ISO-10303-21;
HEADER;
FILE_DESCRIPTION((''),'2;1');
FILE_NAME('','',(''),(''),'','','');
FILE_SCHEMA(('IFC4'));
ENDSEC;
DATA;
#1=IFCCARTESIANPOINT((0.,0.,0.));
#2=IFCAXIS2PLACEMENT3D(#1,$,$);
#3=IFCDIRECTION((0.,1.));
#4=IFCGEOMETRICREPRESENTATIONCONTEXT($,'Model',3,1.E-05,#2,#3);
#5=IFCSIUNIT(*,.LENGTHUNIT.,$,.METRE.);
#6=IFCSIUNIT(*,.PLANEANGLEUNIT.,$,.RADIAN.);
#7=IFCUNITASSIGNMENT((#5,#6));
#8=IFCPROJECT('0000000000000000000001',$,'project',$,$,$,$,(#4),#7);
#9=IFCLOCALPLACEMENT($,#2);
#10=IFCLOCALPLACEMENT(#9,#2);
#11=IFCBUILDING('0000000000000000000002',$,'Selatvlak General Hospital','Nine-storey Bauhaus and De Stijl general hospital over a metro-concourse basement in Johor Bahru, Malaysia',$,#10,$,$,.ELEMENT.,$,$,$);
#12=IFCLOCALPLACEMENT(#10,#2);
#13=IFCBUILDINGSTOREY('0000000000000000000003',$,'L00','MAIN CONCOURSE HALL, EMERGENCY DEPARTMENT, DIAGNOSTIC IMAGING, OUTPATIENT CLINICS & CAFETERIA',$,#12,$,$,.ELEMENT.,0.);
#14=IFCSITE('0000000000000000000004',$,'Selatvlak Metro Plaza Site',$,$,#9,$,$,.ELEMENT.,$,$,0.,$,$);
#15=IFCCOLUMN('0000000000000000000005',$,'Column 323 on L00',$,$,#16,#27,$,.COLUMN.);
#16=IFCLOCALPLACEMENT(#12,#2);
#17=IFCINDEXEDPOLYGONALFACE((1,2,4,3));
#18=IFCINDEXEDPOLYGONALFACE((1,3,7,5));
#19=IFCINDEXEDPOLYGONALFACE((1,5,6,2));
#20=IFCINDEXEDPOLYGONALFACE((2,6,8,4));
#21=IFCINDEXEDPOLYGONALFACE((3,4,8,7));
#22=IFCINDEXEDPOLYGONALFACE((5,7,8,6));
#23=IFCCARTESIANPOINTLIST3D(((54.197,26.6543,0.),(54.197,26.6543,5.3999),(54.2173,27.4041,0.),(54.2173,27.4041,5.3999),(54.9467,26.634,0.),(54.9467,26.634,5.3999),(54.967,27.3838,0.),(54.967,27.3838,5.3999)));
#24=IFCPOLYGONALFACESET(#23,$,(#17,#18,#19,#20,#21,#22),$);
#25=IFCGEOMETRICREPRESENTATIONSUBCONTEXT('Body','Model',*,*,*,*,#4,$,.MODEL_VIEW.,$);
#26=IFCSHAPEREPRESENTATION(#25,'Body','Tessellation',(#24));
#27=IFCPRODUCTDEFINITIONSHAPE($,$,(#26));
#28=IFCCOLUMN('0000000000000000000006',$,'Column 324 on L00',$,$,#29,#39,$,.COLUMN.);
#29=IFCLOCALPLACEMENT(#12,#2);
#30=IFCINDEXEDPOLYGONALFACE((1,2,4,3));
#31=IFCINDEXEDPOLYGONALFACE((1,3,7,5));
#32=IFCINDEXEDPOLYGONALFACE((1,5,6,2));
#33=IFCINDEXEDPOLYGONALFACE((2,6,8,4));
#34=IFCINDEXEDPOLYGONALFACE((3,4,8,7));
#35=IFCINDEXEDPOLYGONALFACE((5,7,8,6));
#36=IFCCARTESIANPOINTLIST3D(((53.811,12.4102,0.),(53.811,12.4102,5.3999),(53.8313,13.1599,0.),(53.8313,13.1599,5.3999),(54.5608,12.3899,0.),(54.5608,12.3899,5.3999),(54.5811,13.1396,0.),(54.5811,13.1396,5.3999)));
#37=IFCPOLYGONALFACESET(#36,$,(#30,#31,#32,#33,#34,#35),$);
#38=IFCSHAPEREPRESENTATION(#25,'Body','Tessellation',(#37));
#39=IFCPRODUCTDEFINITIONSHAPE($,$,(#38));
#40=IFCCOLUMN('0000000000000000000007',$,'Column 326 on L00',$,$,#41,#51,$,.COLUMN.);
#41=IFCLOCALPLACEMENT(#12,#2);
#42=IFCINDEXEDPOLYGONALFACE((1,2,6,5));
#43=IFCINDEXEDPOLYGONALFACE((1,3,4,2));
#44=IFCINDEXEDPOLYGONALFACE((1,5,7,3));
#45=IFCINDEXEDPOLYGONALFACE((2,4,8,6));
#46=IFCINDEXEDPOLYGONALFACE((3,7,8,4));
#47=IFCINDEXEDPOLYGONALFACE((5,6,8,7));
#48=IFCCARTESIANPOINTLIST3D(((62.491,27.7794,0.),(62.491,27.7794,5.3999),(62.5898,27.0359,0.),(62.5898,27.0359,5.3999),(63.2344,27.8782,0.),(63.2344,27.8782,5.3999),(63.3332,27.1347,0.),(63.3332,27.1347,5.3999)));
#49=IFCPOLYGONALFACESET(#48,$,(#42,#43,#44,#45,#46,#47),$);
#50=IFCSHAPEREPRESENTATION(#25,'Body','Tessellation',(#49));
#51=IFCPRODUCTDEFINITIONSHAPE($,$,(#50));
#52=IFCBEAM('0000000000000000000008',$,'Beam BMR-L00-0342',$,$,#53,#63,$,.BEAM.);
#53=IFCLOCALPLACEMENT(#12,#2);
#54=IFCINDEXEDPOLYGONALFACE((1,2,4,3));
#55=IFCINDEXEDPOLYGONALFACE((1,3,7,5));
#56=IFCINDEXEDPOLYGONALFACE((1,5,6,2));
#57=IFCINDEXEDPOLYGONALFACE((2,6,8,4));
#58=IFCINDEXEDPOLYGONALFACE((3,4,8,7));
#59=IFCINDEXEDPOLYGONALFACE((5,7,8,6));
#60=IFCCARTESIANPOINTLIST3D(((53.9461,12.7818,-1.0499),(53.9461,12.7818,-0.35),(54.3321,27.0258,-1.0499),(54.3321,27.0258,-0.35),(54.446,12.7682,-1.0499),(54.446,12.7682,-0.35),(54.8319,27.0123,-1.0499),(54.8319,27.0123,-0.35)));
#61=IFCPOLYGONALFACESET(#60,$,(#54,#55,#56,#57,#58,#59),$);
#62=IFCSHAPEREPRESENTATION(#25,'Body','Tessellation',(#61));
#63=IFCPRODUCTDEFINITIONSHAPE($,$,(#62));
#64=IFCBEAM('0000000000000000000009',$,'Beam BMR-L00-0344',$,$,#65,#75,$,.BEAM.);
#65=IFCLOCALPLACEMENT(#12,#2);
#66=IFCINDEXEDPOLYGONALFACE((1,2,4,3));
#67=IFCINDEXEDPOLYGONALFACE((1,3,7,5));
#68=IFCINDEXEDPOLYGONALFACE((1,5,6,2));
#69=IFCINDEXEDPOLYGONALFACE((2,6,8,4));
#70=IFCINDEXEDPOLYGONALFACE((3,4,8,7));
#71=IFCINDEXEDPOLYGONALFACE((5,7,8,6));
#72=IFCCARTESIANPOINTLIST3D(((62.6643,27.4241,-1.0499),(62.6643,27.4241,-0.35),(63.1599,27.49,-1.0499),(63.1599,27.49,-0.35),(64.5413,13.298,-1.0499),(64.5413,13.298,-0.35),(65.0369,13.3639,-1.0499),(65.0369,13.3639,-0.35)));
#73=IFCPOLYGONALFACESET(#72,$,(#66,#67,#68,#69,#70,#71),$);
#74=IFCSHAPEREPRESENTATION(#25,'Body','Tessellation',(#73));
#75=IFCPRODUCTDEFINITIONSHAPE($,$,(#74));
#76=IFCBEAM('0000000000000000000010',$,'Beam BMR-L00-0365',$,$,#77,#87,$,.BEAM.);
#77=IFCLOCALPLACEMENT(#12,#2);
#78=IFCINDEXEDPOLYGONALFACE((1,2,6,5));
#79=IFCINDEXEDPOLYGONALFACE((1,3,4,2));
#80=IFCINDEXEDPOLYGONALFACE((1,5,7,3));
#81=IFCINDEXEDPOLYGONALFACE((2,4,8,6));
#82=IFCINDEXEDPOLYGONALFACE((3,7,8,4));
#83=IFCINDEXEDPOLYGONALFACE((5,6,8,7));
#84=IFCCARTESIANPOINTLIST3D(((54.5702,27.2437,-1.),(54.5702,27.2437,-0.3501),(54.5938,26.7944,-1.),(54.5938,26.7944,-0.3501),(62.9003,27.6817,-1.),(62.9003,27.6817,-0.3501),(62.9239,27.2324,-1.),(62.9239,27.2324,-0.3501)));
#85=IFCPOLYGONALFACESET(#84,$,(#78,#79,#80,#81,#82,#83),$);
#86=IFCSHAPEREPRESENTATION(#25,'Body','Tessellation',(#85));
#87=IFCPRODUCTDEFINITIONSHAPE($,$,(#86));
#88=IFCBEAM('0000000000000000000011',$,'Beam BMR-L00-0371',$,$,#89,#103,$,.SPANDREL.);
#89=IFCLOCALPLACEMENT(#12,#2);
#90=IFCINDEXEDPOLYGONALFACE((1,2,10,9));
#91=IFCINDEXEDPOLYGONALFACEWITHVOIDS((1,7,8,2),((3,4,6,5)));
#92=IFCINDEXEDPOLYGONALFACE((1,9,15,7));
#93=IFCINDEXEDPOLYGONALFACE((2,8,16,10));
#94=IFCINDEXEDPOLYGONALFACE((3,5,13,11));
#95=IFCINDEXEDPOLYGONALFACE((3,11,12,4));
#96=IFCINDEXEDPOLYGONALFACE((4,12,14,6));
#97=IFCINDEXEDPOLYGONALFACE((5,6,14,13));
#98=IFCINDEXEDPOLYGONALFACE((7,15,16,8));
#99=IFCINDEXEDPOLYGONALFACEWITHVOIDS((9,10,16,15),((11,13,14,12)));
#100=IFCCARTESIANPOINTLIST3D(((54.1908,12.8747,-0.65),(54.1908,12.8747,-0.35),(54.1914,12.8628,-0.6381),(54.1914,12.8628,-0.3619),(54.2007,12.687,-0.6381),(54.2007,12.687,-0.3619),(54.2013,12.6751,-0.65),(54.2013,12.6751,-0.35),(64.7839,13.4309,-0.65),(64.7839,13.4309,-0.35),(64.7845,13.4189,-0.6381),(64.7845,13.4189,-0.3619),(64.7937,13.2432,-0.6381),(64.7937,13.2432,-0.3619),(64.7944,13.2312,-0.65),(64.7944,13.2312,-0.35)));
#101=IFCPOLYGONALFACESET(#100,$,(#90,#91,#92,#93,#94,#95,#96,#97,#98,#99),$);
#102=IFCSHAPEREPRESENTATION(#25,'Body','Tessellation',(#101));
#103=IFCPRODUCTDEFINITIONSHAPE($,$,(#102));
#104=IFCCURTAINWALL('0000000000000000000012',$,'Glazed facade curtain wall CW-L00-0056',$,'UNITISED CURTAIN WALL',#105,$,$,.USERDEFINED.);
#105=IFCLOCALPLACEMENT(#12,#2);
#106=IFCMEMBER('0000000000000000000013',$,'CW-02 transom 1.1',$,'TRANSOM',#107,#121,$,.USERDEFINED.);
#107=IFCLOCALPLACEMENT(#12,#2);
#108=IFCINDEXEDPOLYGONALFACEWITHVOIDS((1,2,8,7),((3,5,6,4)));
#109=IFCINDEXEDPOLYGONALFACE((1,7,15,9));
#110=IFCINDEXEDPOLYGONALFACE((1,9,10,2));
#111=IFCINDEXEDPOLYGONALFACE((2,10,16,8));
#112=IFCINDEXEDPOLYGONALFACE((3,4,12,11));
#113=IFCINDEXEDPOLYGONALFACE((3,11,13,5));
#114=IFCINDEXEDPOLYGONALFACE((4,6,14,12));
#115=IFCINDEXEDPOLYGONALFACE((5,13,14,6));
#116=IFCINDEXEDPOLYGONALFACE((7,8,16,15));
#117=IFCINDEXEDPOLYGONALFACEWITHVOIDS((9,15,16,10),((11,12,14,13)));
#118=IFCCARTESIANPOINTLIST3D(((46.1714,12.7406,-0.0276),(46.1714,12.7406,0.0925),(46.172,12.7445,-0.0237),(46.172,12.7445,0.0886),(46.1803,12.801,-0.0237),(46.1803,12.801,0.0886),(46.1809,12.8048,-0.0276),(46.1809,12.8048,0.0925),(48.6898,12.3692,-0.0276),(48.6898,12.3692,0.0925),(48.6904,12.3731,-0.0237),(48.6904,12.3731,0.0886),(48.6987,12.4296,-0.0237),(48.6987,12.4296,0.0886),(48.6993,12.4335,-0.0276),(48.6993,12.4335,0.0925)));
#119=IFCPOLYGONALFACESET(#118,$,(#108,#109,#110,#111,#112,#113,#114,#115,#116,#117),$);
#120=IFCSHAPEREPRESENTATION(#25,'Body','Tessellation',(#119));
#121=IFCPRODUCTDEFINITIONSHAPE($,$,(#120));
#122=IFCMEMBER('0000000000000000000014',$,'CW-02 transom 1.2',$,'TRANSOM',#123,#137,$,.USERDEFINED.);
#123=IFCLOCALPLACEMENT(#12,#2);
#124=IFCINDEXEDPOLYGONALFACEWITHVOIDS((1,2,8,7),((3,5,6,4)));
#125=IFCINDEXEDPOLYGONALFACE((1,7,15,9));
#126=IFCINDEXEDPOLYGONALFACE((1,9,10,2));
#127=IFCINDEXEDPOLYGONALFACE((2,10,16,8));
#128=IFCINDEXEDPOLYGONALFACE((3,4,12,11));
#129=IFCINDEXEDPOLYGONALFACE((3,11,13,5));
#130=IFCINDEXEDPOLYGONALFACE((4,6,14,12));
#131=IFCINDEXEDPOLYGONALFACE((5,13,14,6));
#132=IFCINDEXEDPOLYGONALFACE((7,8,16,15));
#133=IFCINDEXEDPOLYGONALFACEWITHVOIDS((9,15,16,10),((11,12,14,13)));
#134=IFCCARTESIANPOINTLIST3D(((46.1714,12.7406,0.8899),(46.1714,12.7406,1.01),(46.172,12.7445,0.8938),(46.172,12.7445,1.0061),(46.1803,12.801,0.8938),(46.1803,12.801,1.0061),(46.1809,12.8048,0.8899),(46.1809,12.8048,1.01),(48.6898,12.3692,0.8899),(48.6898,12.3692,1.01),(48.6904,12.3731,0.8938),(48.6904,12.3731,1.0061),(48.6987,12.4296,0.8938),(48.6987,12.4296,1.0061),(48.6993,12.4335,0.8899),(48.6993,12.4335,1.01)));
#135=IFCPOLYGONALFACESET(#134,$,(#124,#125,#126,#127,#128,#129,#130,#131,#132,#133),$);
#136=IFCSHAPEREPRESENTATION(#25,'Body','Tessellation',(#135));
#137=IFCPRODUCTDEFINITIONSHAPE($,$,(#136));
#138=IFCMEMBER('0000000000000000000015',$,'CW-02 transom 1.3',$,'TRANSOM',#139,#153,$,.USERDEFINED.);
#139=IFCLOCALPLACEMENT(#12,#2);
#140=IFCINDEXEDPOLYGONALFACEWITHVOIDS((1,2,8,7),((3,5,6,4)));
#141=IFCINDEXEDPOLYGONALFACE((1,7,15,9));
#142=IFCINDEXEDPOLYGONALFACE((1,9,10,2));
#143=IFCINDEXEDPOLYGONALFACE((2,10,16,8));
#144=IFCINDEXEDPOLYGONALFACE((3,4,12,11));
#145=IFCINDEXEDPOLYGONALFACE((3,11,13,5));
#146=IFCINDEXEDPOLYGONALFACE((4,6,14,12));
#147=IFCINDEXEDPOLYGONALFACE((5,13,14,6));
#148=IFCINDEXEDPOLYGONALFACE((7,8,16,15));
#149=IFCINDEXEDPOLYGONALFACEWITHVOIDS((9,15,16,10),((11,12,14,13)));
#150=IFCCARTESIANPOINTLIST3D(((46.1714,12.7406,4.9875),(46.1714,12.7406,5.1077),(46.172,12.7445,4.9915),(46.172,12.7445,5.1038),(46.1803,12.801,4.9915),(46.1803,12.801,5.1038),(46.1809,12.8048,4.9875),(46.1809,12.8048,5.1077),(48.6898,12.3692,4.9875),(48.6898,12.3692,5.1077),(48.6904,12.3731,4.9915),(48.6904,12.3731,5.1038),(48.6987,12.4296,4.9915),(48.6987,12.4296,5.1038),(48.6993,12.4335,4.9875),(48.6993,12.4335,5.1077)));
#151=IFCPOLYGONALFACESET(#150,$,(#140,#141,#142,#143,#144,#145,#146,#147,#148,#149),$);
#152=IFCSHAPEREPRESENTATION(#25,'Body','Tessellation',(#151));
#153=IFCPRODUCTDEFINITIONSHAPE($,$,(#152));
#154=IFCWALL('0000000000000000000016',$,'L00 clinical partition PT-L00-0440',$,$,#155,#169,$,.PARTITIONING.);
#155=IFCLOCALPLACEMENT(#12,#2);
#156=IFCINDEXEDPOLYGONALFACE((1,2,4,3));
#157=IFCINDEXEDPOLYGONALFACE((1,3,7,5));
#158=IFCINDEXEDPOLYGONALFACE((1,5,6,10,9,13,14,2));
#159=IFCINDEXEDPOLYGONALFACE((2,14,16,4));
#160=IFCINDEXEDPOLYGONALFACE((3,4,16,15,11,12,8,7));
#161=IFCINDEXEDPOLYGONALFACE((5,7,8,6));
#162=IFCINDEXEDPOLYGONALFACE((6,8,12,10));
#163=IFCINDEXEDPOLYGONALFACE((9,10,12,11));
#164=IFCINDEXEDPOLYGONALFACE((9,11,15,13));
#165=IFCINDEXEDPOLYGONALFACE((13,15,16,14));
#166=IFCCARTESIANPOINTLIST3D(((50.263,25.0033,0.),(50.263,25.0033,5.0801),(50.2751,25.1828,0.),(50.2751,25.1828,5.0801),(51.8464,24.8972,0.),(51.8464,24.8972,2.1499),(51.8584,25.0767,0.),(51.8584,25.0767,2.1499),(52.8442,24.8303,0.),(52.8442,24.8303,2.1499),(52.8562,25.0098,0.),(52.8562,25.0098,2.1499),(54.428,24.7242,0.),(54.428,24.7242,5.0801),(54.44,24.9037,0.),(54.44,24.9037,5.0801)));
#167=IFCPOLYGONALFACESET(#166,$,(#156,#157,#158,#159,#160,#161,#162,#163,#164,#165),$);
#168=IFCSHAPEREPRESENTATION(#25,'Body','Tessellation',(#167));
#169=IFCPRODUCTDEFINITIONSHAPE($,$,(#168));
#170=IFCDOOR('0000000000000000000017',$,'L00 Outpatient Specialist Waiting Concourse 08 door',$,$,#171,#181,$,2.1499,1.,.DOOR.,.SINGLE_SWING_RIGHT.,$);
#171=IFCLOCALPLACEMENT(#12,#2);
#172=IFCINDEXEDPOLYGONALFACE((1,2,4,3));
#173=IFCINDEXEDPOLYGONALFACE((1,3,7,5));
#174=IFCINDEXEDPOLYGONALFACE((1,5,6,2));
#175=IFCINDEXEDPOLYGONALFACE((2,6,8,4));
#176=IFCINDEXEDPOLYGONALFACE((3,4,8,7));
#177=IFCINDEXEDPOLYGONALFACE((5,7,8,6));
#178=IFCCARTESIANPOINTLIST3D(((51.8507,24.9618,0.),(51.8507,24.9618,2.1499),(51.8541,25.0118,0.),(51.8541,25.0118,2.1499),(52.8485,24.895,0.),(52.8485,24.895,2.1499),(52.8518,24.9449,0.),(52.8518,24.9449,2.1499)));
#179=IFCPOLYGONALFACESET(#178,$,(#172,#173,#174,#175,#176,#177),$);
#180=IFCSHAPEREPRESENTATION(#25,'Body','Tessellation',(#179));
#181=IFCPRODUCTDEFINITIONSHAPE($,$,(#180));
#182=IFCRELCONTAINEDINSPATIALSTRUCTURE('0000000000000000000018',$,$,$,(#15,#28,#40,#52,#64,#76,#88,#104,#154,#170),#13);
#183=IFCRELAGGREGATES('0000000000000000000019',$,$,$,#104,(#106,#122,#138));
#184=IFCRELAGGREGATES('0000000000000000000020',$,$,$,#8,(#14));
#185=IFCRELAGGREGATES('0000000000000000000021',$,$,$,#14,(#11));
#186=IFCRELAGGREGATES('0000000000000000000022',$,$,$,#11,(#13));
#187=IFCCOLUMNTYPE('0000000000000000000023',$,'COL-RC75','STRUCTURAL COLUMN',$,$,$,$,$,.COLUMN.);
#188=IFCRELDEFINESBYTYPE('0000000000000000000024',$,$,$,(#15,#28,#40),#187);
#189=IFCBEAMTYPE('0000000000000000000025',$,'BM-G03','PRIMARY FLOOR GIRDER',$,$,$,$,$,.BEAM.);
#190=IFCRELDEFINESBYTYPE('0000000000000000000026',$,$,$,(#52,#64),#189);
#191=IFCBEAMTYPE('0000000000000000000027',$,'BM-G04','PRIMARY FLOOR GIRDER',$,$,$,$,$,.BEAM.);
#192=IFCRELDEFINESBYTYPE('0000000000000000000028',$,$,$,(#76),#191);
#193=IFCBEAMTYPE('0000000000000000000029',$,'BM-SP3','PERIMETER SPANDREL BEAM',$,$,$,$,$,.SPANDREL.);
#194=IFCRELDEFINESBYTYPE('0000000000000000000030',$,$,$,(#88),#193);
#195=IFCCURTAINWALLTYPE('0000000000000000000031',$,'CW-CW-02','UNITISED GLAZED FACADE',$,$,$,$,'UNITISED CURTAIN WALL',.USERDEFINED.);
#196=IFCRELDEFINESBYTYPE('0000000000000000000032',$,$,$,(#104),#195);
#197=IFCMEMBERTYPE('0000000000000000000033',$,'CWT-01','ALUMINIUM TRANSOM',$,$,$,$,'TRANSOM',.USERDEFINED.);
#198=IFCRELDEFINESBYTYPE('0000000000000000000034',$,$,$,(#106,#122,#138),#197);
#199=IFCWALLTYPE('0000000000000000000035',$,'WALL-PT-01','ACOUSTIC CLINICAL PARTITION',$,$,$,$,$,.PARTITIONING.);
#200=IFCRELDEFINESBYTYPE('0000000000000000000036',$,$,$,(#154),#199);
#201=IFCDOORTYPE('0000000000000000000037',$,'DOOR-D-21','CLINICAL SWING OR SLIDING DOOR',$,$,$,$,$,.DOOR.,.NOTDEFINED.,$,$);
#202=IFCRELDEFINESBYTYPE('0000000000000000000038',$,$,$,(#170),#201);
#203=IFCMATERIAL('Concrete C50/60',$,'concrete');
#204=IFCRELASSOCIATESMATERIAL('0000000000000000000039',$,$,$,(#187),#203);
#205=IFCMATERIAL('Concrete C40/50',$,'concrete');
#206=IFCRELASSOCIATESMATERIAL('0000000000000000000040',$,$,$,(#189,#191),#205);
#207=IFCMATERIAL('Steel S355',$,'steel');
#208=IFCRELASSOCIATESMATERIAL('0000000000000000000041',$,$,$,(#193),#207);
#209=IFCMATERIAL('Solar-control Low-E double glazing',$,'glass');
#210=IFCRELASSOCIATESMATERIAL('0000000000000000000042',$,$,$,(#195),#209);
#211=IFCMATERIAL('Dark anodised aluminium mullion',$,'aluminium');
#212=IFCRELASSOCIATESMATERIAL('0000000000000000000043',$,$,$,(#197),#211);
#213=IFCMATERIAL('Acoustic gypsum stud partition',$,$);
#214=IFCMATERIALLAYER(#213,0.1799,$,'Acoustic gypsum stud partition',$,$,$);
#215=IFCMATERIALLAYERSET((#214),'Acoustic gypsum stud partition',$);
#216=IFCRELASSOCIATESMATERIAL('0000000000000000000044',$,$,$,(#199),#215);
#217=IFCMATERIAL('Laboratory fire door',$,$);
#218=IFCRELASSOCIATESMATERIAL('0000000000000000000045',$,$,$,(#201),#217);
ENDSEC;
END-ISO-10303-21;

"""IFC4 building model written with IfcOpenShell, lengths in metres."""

from ifc_helpers import new_model, si_unit, direction, frame, frame_2d, origin, origin_2d, place, context, subcontext, project, spatial, rectangle, hollow_rectangle, extrude, material, layer, layer_set, material_profile, profile_set, type_object, element, fill, aggregate, save


model = new_model("IFC4")

# Units and contexts
model_context = context("Model", 3, precision=1e-05, world=origin(), true_north=direction((0.0, 1.0)))
body_context = subcontext(model_context, "Body", "Model", "MODEL_VIEW")
ifc_project = project(units=[si_unit("LENGTHUNIT", "METRE"), si_unit("PLANEANGLEUNIT", "RADIAN")], contexts=[model_context])

# Site, building, storey
site_placement = place(None, origin())
site = spatial("IfcSite", under=ifc_project, at=site_placement, Name="Selatvlak Metro Plaza Site", CompositionType="ELEMENT", RefElevation=0.0)
building_placement = place(site_placement, origin())
building = spatial("IfcBuilding", under=site, at=building_placement, Name="Selatvlak General Hospital", Description="Nine-storey Bauhaus and De Stijl general hospital over a metro-concourse basement in Johor Bahru, Malaysia", CompositionType="ELEMENT")
storey_placement = place(building_placement, origin())
storey = spatial("IfcBuildingStorey", under=building, at=storey_placement, Name="L00", Description="MAIN CONCOURSE HALL, EMERGENCY DEPARTMENT, DIAGNOSTIC IMAGING, OUTPATIENT CLINICS & CAFETERIA", CompositionType="ELEMENT", Elevation=0.0)

# Columns
ifc_material_1 = material(Name="Concrete C50/60", Category="concrete")
ifc_material_profile_1 = material_profile(ifc_material_1, rectangle(XDim=0.75, YDim=0.75, at=origin_2d()), Name="RC-COL 750x750")
ifc_profile_set_1 = profile_set([ifc_material_profile_1], Name="Concrete C50/60")
column_type = type_object("IfcColumnType", Name="COL-RC75", Description="STRUCTURAL COLUMN", PredefinedType="COLUMN", material=ifc_profile_set_1)
for number, where, z_axis, x_axis, name in (
    (1, (54.582, 27.019, 0.0), (0.0, 0.0, 1.0), (0.027067, 0.999634, 0.0), "Column 323 on L00"),
    (2, (54.196, 12.7749, 0.0), (0.0, 0.0, 1.0), (0.027067, 0.999634, 0.0), "Column 324 on L00"),
    (3, (62.9121, 27.457, 0.0), (0.0, 0.0, 1.0), (-0.131737, 0.991285, 0.0), "Column 326 on L00"),
):
    element("IfcColumn", number, at=place(storey_placement, frame(where, z_axis=z_axis, x_axis=x_axis)), inside=storey, type_object=column_type, Name=name, PredefinedType="COLUMN", context=body_context, shape_type="SweptSolid", body=[
        extrude(rectangle(XDim=0.75, YDim=0.75, at=origin_2d()), origin(), (0.0, 0.0, 1.0), 5.3999),
    ])

# Beams
ifc_material_2 = material(Name="Concrete C40/50", Category="concrete")
ifc_material_profile_2 = material_profile(ifc_material_2, rectangle(XDim=0.5, YDim=0.7, at=origin_2d()), Name="RC-BM 500x700")
ifc_profile_set_2 = profile_set([ifc_material_profile_2], Name="Concrete C40/50")
beam_type_1 = type_object("IfcBeamType", Name="BM-G03", Description="PRIMARY FLOOR GIRDER", PredefinedType="BEAM", material=ifc_profile_set_2)
beam_1_placement = place(storey_placement, frame((54.582, 27.019, -0.7), z_axis=(-0.027088, -0.999633, 0.0), x_axis=(0.999633, -0.027088, 0.0)))
element("IfcBeam", 4, at=beam_1_placement, inside=storey, type_object=beam_type_1, Name="Beam BMR-L00-0342", PredefinedType="BEAM", context=body_context, shape_type="SweptSolid", body=[
    extrude(rectangle(XDim=0.5, YDim=0.7, at=origin_2d()), origin(), (0.0, 0.0, 1.0), 14.2493),
])
beam_2_placement = place(storey_placement, frame((62.9121, 27.457, -0.7), z_axis=(0.131715, -0.991288, 0.0), x_axis=(0.991288, 0.131715, 0.0)))
element("IfcBeam", 5, at=beam_2_placement, inside=storey, type_object=beam_type_1, Name="Beam BMR-L00-0344", PredefinedType="BEAM", context=body_context, shape_type="SweptSolid", body=[
    extrude(rectangle(XDim=0.5, YDim=0.7, at=origin_2d()), origin(), (0.0, 0.0, 1.0), 14.2502),
])
ifc_material_profile_3 = material_profile(ifc_material_2, rectangle(XDim=0.45, YDim=0.6499, at=origin_2d()), Name="RC-BM 450x650")
ifc_profile_set_3 = profile_set([ifc_material_profile_3], Name="Concrete C40/50")
beam_type_2 = type_object("IfcBeamType", Name="BM-G04", Description="PRIMARY FLOOR GIRDER", PredefinedType="BEAM", material=ifc_profile_set_3)
beam_3_placement = place(storey_placement, frame((54.582, 27.019, -0.675), z_axis=(0.998621, 0.052507, 0.0), x_axis=(-0.052507, 0.998621, 0.0)))
element("IfcBeam", 6, at=beam_3_placement, inside=storey, type_object=beam_type_2, Name="Beam BMR-L00-0365", PredefinedType="BEAM", context=body_context, shape_type="SweptSolid", body=[
    extrude(rectangle(XDim=0.45, YDim=0.6499, at=origin_2d()), origin(), (0.0, 0.0, 1.0), 8.3416),
])
ifc_material_3 = material(Name="Steel S355", Category="steel")
ifc_material_profile_4 = material_profile(ifc_material_3, hollow_rectangle(XDim=0.2, YDim=0.3, WallThickness=0.012, at=origin_2d()), Name="RHS 300x200x12")
ifc_profile_set_4 = profile_set([ifc_material_profile_4], Name="Steel S355")
beam_type_3 = type_object("IfcBeamType", Name="BM-SP3", Description="PERIMETER SPANDREL BEAM", PredefinedType="SPANDREL", material=ifc_profile_set_4)
beam_4_placement = place(storey_placement, frame((54.196, 12.7749, -0.5), z_axis=(0.998625, 0.05243, 0.0), x_axis=(-0.05243, 0.998625, 0.0)))
element("IfcBeam", 7, at=beam_4_placement, inside=storey, type_object=beam_type_3, Name="Beam BMR-L00-0371", PredefinedType="SPANDREL", context=body_context, shape_type="SweptSolid", body=[
    extrude(hollow_rectangle(XDim=0.2, YDim=0.3, WallThickness=0.012, at=origin_2d()), origin(), (0.0, 0.0, 1.0), 10.6077),
])

# Curtain wall, members
ifc_material_4 = material(Name="Solar-control Low-E double glazing", Category="glass")
curtain_wall_type = type_object("IfcCurtainWallType", Name="CW-CW-02", Description="UNITISED GLAZED FACADE", ElementType="UNITISED CURTAIN WALL", PredefinedType="USERDEFINED", material=ifc_material_4)
curtain_wall_placement = place(storey_placement, origin())
curtain_wall = element("IfcCurtainWall", 8, at=curtain_wall_placement, inside=storey, type_object=curtain_wall_type, Name="Glazed facade curtain wall CW-L00-0056", ObjectType="UNITISED CURTAIN WALL", PredefinedType="USERDEFINED")
ifc_material_5 = material(Name="Dark anodised aluminium mullion", Category="aluminium")
ifc_material_profile_5 = material_profile(ifc_material_5, hollow_rectangle(XDim=0.0649, YDim=0.1201, WallThickness=0.0039, at=origin_2d()), Name="AL-TRN 65x120x4")
ifc_profile_set_5 = profile_set([ifc_material_profile_5], Name="Dark anodised aluminium mullion")
member_type = type_object("IfcMemberType", Name="CWT-01", Description="ALUMINIUM TRANSOM", ElementType="TRANSOM", PredefinedType="USERDEFINED", material=ifc_profile_set_5)
member_1_placement = place(storey_placement, frame((48.6946, 12.4014, 0.0325), z_axis=(-0.989303, 0.145878, 0.0), x_axis=(-0.145878, -0.989303, 0.0)))
member_1 = element("IfcMember", 9, at=member_1_placement, type_object=member_type, Name="CW-02 transom 1.1", ObjectType="TRANSOM", PredefinedType="USERDEFINED", context=body_context, shape_type="SweptSolid", body=[
    extrude(hollow_rectangle(XDim=0.0649, YDim=0.1201, WallThickness=0.0039, at=origin_2d()), origin(), (0.0, 0.0, 1.0), 2.5457),
])
member_2_placement = place(storey_placement, frame((48.6946, 12.4014, 0.95), z_axis=(-0.989303, 0.145878, 0.0), x_axis=(-0.145878, -0.989303, 0.0)))
member_2 = element("IfcMember", 10, at=member_2_placement, type_object=member_type, Name="CW-02 transom 1.2", ObjectType="TRANSOM", PredefinedType="USERDEFINED", context=body_context, shape_type="SweptSolid", body=[
    extrude(hollow_rectangle(XDim=0.0649, YDim=0.1201, WallThickness=0.0039, at=origin_2d()), origin(), (0.0, 0.0, 1.0), 2.5457),
])
member_3_placement = place(storey_placement, frame((48.6946, 12.4014, 5.0476), z_axis=(-0.989303, 0.145878, 0.0), x_axis=(-0.145878, -0.989303, 0.0)))
member_3 = element("IfcMember", 11, at=member_3_placement, type_object=member_type, Name="CW-02 transom 1.3", ObjectType="TRANSOM", PredefinedType="USERDEFINED", context=body_context, shape_type="SweptSolid", body=[
    extrude(hollow_rectangle(XDim=0.0649, YDim=0.1201, WallThickness=0.0039, at=origin_2d()), origin(), (0.0, 0.0, 1.0), 2.5457),
])
aggregate(curtain_wall, [member_1, member_2, member_3])

# Wall, opening, door
ifc_material_6 = material(Name="Acoustic gypsum stud partition")
ifc_layer_1 = layer(ifc_material_6, 0.1799, Name="Acoustic gypsum stud partition")
ifc_layer_set_1 = layer_set([ifc_layer_1], Name="Acoustic gypsum stud partition")
wall_type_1 = type_object("IfcWallType", Name="WALL-PT-01", Description="ACOUSTIC CLINICAL PARTITION", PredefinedType="PARTITIONING", material=ifc_layer_set_1)
wall_1_placement = place(storey_placement, frame((50.269, 25.093, 0.0), z_axis=(0.0, 0.0, 1.0), x_axis=(0.997763, -0.066849, 0.0)))
wall_1 = element("IfcWall", 12, at=wall_1_placement, inside=storey, type_object=wall_type_1, Name="L00 clinical partition PT-L00-0440", PredefinedType="PARTITIONING", context=body_context, shape_type="SweptSolid", body=[
    extrude(rectangle(XDim=4.1743, YDim=0.1799, at=frame_2d((2.0872, 0.0))), origin(), (0.0, 0.0, 1.0), 5.0801),
])
opening_1_placement = place(wall_1_placement, frame((1.5869, 0.0, 0.0)))
opening_1 = element("IfcOpeningElement", 13, at=opening_1_placement, cuts=wall_1, PredefinedType="OPENING", context=body_context, shape_type="SweptSolid", body=[
    extrude(rectangle(XDim=1.0, YDim=2.1499, at=frame_2d((0.5, 1.075))), frame((0.0, 0.0999, 0.0), z_axis=(0.0, -1.0, 0.0), x_axis=(1.0, 0.0, 0.0)), (0.0, 0.0, 1.0), 0.2),
])
ifc_material_7 = material(Name="Laboratory fire door")
door_type_1 = type_object("IfcDoorType", Name="DOOR-D-21", Description="CLINICAL SWING OR SLIDING DOOR", OperationType="NOTDEFINED", PredefinedType="DOOR", material=ifc_material_7)
door_1_placement = place(opening_1_placement, origin())
door_1 = element("IfcDoor", 14, at=door_1_placement, inside=storey, type_object=door_type_1, Name="L00 Outpatient Specialist Waiting Concourse 08 door", OperationType="SINGLE_SWING_RIGHT", OverallHeight=2.1499, OverallWidth=1.0, PredefinedType="DOOR", context=body_context, shape_type="SweptSolid", body=[
    extrude(rectangle(XDim=1.0, YDim=2.1499, at=frame_2d((0.5, 1.075))), frame((0.0, 0.0249, 0.0), z_axis=(0.0, -1.0, 0.0), x_axis=(1.0, 0.0, 0.0)), (0.0, 0.0, 1.0), 0.05),
])
fill(opening_1, door_1)

save(model, "model.ifc")
